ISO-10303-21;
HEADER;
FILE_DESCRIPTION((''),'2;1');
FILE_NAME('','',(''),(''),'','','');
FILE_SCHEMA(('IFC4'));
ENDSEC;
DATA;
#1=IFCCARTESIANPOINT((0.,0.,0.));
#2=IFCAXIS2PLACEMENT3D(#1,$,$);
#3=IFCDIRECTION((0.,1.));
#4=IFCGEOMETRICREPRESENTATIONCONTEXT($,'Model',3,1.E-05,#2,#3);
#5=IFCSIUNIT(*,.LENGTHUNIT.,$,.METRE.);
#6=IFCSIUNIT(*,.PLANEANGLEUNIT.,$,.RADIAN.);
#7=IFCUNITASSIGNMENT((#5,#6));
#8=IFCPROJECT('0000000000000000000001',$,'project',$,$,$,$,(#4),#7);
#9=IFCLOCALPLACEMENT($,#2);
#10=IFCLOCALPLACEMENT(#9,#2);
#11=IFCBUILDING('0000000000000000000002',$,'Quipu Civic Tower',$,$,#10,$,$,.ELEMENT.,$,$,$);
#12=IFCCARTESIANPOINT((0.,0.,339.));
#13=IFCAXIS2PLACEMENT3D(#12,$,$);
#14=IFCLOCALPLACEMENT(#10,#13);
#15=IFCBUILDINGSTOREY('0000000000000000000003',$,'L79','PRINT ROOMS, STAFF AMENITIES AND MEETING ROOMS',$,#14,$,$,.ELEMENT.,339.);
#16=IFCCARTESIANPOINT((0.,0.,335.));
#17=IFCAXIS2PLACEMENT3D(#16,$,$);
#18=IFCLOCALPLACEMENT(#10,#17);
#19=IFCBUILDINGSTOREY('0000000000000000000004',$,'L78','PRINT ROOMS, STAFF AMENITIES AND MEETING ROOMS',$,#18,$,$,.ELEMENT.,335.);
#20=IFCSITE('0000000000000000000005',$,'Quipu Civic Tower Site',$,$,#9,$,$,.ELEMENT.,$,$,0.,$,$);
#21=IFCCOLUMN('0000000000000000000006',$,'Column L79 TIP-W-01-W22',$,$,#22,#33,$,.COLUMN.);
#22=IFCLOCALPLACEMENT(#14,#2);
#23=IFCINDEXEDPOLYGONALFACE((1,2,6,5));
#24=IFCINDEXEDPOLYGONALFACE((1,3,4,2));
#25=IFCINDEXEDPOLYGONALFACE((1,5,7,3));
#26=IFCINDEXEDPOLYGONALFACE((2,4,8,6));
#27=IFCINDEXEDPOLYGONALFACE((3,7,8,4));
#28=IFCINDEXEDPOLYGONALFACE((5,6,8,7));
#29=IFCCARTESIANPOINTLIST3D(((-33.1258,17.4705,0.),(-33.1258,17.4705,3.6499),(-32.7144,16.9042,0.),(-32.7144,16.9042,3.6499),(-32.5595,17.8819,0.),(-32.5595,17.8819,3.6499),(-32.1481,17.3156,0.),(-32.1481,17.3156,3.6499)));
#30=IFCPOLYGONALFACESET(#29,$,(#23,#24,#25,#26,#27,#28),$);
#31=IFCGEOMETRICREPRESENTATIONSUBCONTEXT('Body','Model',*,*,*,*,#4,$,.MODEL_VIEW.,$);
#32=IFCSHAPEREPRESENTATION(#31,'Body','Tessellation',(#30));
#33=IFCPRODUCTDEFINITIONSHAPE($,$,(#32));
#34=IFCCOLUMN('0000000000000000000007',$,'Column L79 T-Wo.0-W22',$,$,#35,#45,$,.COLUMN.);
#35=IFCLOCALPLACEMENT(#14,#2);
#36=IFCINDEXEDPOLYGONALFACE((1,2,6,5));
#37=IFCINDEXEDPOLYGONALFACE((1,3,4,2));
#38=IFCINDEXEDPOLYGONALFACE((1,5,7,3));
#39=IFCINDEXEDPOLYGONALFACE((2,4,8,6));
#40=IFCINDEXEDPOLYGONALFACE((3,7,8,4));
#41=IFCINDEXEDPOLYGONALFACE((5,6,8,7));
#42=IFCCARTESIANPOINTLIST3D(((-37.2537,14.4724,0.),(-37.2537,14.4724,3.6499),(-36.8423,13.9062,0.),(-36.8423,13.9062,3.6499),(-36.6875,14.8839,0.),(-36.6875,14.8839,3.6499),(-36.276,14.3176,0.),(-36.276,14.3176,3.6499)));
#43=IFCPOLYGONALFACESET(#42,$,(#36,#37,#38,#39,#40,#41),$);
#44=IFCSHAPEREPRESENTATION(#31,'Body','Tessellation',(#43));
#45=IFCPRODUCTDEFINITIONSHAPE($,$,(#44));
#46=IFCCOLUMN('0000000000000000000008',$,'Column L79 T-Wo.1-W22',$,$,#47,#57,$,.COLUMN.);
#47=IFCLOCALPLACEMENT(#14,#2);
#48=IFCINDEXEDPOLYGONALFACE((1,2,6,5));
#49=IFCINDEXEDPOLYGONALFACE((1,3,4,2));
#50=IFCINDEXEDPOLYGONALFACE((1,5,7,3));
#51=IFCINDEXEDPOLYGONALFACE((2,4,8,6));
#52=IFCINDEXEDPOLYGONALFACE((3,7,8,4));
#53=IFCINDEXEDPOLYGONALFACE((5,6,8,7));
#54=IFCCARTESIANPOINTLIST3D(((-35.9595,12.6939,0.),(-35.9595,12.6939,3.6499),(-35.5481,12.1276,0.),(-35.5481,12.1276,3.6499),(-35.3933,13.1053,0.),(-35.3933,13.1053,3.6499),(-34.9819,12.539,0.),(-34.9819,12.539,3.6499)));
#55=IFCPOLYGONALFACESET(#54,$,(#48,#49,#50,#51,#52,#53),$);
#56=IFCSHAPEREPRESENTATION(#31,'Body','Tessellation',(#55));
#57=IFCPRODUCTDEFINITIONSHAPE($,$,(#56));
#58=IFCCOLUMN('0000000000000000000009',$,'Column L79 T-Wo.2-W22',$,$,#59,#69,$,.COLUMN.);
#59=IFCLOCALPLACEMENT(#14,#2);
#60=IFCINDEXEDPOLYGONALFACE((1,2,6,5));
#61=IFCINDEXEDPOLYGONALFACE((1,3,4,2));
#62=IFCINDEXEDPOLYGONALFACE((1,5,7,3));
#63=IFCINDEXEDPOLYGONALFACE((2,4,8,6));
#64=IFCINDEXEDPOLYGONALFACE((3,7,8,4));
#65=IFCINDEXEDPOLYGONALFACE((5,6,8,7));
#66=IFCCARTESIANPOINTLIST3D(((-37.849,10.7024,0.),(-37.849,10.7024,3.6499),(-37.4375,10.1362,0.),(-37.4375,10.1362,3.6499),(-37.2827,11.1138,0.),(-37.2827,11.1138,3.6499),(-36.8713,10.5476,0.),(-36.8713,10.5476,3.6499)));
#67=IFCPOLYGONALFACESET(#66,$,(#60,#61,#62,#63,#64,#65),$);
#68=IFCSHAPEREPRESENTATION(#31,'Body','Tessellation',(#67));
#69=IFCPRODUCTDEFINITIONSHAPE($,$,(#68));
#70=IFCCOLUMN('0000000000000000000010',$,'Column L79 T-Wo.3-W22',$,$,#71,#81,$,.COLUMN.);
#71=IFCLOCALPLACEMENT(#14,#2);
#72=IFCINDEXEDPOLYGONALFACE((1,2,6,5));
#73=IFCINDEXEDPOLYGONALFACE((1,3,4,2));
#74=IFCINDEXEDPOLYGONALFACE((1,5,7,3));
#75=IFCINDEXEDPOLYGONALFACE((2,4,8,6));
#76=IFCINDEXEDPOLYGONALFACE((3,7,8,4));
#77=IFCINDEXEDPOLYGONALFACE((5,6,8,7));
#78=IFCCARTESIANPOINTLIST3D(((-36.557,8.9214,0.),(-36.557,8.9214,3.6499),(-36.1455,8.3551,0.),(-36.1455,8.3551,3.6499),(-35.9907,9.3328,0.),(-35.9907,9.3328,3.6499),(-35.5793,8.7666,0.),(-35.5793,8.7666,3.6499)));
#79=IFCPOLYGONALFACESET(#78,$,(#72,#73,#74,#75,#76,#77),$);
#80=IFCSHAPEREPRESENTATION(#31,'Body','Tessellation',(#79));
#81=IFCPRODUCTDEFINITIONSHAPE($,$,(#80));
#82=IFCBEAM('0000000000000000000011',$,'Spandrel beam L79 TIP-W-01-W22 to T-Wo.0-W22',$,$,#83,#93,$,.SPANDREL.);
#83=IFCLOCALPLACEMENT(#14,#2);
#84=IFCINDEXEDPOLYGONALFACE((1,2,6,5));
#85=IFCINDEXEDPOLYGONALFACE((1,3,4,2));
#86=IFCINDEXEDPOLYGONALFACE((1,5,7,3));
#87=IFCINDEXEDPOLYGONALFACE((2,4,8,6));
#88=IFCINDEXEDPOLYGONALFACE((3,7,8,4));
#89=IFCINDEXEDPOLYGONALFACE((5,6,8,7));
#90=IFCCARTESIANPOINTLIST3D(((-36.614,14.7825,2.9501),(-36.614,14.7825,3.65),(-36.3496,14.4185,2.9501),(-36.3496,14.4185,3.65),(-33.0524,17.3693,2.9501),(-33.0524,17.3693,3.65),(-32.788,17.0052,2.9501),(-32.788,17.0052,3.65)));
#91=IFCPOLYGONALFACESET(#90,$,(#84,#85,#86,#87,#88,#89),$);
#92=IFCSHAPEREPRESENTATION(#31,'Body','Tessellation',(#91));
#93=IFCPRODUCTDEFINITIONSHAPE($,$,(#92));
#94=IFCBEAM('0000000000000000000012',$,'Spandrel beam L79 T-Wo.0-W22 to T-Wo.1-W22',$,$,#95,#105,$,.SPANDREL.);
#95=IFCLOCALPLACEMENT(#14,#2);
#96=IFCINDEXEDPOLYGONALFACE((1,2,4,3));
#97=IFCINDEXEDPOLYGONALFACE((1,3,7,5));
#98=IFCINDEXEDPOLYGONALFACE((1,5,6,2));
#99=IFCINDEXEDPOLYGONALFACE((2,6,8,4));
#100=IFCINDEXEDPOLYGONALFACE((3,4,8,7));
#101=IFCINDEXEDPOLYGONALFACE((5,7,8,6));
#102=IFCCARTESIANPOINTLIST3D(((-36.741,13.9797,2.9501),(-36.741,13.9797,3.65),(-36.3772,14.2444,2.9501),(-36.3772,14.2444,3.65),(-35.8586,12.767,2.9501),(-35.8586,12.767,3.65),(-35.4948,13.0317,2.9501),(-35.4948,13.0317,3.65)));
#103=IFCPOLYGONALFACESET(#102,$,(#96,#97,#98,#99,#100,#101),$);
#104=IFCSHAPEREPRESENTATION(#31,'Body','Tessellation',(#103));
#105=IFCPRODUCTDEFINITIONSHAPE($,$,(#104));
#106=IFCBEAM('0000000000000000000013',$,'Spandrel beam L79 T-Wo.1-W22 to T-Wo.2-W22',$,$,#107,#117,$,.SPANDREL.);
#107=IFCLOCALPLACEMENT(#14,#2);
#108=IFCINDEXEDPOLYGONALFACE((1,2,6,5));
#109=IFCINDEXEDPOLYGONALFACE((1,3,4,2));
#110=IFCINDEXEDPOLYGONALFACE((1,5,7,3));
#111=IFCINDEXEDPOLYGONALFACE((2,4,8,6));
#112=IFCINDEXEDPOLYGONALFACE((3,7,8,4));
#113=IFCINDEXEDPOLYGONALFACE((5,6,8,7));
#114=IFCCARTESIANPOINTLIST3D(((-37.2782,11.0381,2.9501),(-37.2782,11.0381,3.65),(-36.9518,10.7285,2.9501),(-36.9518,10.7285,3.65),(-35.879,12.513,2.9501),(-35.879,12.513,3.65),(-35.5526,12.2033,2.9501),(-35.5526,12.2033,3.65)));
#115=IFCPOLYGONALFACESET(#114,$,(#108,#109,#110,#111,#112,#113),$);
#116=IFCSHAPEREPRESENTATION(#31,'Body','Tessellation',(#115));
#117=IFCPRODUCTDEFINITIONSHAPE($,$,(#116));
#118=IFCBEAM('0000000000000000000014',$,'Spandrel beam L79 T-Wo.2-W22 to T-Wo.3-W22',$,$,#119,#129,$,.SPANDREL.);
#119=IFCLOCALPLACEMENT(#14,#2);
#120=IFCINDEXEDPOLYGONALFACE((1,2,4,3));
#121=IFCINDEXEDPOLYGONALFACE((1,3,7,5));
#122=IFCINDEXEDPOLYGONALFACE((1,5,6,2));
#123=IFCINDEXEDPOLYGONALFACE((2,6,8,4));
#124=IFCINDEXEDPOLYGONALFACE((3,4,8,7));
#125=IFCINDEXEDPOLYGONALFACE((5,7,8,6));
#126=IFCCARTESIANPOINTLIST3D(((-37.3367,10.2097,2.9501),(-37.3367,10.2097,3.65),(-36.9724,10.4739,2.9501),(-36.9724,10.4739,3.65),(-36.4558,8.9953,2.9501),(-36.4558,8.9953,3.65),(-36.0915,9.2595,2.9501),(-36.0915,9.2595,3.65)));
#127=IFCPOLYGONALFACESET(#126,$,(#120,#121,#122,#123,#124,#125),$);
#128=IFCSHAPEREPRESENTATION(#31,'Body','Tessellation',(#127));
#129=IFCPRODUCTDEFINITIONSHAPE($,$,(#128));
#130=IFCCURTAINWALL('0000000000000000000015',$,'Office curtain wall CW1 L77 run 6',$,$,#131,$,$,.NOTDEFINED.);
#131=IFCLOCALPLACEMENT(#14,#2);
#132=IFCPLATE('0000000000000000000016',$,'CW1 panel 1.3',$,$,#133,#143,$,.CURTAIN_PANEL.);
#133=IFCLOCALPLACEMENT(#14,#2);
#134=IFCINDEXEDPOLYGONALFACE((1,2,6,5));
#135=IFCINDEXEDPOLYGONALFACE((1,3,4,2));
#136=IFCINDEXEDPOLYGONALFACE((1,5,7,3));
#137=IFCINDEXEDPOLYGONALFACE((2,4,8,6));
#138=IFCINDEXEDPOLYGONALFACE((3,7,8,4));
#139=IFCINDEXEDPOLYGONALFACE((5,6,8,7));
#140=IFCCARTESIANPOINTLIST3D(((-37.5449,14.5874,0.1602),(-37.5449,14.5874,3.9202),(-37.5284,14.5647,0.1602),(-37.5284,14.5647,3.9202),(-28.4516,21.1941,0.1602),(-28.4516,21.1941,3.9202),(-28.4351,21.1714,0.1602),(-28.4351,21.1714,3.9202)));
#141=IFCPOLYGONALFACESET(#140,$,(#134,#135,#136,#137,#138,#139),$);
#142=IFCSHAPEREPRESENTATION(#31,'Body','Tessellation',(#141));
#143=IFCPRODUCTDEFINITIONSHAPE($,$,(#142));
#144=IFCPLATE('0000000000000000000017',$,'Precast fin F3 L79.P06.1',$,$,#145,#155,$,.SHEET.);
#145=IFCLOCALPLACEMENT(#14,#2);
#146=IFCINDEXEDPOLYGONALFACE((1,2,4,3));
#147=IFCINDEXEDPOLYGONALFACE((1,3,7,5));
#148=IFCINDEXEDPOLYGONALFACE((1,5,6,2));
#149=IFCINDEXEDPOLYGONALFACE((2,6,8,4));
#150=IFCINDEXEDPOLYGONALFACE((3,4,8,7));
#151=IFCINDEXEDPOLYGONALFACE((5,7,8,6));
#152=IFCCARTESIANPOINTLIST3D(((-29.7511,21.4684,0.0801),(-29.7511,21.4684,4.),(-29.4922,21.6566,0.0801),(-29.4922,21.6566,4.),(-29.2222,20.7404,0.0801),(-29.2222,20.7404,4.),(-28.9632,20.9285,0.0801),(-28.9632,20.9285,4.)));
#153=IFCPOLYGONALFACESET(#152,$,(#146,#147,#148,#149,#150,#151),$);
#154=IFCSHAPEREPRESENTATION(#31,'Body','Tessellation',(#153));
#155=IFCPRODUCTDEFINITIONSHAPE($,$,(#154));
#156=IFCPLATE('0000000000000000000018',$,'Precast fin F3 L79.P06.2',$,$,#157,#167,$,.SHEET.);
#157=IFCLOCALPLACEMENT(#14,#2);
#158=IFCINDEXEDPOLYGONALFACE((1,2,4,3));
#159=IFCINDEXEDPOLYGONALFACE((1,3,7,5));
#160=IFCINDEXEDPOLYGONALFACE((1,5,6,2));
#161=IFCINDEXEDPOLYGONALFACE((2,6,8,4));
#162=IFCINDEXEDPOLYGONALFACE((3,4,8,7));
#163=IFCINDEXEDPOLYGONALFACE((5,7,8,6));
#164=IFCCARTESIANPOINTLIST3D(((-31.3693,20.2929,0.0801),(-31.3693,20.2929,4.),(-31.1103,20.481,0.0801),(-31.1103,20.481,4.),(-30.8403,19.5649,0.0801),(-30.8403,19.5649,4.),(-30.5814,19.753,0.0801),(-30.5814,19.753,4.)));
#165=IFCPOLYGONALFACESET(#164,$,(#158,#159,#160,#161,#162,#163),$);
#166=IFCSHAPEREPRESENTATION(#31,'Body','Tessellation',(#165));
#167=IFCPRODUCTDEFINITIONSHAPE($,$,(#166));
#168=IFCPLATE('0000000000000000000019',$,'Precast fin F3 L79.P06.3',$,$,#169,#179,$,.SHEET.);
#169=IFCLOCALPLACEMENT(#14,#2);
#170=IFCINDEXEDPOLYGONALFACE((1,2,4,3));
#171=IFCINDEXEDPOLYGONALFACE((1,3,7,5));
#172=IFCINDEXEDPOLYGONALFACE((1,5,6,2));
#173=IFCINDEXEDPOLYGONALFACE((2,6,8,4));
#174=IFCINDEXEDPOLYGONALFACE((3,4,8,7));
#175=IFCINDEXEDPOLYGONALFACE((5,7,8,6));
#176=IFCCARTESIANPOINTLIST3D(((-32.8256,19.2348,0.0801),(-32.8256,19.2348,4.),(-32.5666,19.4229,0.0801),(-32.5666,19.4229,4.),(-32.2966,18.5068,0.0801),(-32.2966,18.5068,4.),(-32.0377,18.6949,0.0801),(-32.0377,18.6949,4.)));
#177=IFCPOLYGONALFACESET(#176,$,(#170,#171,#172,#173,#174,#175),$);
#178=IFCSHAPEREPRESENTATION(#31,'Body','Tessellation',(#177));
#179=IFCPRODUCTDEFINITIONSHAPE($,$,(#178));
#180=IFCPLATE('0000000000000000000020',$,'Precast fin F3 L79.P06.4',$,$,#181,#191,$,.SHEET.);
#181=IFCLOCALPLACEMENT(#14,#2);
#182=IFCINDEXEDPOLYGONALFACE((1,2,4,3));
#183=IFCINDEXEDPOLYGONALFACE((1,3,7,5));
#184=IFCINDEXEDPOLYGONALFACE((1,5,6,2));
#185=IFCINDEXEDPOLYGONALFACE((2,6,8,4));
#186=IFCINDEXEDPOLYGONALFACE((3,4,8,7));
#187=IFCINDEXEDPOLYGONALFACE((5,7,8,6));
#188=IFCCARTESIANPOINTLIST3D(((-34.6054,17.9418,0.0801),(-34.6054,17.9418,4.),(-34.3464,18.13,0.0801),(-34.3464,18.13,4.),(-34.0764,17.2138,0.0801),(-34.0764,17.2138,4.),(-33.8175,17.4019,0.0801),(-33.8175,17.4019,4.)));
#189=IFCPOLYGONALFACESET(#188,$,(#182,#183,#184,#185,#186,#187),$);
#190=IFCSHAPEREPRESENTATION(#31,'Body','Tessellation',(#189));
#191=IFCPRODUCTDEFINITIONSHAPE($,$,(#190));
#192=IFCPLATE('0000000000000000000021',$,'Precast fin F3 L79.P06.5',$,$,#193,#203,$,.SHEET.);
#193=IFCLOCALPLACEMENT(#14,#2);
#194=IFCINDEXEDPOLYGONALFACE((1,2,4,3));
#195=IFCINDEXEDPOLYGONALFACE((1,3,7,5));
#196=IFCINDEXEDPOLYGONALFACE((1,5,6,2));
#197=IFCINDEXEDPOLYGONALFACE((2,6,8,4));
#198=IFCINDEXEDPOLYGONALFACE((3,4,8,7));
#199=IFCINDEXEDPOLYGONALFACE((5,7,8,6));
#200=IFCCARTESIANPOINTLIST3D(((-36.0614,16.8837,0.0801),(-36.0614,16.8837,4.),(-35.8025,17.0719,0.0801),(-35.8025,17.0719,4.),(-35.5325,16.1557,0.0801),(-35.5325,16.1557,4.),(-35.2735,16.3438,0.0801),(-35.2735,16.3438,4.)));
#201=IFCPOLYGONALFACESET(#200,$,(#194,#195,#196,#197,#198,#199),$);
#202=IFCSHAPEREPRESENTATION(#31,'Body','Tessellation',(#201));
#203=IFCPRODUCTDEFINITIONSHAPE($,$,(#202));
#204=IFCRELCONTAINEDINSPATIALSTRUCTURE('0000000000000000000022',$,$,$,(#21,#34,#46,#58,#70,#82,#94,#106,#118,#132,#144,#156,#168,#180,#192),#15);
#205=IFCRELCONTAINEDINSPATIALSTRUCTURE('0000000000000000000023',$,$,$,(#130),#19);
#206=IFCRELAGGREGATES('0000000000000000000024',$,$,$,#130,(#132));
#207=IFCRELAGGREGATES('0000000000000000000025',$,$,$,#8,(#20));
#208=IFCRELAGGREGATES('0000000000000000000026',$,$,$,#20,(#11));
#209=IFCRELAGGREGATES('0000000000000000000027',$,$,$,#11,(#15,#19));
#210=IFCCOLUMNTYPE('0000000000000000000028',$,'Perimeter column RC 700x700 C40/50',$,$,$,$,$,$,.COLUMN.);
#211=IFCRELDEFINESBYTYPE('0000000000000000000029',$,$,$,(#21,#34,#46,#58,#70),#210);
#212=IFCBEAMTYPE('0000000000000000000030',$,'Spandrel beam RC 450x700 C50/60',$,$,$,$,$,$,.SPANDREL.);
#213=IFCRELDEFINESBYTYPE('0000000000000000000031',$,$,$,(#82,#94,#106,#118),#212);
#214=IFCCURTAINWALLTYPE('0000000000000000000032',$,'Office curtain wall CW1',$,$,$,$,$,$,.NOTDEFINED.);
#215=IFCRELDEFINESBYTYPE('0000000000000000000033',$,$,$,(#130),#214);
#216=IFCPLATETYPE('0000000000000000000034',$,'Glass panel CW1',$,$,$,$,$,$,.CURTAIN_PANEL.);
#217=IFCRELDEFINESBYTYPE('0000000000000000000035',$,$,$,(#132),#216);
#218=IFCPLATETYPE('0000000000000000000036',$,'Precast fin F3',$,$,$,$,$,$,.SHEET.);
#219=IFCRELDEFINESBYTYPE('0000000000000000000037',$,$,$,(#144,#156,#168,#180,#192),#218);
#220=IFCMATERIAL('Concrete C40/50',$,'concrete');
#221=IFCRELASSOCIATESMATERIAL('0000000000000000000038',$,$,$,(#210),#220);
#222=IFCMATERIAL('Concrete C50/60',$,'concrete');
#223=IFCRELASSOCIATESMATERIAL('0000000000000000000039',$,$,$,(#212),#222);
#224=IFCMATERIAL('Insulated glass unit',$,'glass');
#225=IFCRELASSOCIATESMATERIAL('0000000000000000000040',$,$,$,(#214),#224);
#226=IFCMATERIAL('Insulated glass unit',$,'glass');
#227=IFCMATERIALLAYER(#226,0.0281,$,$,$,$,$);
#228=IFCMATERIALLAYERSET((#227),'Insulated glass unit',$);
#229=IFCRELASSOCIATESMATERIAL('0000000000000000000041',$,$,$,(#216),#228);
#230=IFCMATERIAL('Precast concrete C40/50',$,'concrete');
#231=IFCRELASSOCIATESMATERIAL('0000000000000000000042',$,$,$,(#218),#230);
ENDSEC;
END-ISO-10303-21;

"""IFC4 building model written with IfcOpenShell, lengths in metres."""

from ifc_helpers import new_model, si_unit, direction, frame, origin, origin_2d, place, context, subcontext, project, spatial, rectangle, extrude, material, layer, layer_set, material_profile, profile_set, type_object, element, aggregate, save


model = new_model("IFC4")

# Units and contexts
model_context = context("Model", 3, precision=1e-05, world=origin(), true_north=direction((0.0, 1.0)))
body_context = subcontext(model_context, "Body", "Model", "MODEL_VIEW")
ifc_project = project(units=[si_unit("LENGTHUNIT", "METRE"), si_unit("PLANEANGLEUNIT", "RADIAN")], contexts=[model_context])

# Site, building, storey
site_placement = place(None, origin())
site = spatial("IfcSite", under=ifc_project, at=site_placement, Name="Quipu Civic Tower Site", CompositionType="ELEMENT", RefElevation=0.0)
building_placement = place(site_placement, origin())
building = spatial("IfcBuilding", under=site, at=building_placement, Name="Quipu Civic Tower", CompositionType="ELEMENT")
storey_1_placement = place(building_placement, frame((0.0, 0.0, 339.0)))
storey_1 = spatial("IfcBuildingStorey", under=building, at=storey_1_placement, Name="L79", Description="PRINT ROOMS, STAFF AMENITIES AND MEETING ROOMS", CompositionType="ELEMENT", Elevation=339.0)

# Columns
ifc_material_1 = material(Name="Concrete C40/50", Category="concrete")
ifc_material_profile_1 = material_profile(ifc_material_1, rectangle(XDim=0.7, YDim=0.7, at=origin_2d()), Name="RC700x700")
ifc_profile_set_1 = profile_set([ifc_material_profile_1], Name="Concrete C40/50")
column_type = type_object("IfcColumnType", Name="Perimeter column RC 700x700 C40/50", PredefinedType="COLUMN", material=ifc_profile_set_1)
for number, where, z_axis, x_axis, name in (
    (1, (-32.637, 17.3931, 0.0), (0.0, 0.0, 1.0), (-0.809017, -0.587785, 0.0), "Column L79 TIP-W-01-W22"),
    (2, (-36.7649, 14.395, 0.0), (0.0, 0.0, 1.0), (0.587785, -0.809017, 0.0), "Column L79 T-Wo.0-W22"),
    (3, (-35.4707, 12.6165, 0.0), (0.0, 0.0, 1.0), (-0.809017, -0.587785, 0.0), "Column L79 T-Wo.1-W22"),
    (4, (-37.3601, 10.625, 0.0), (0.0, 0.0, 1.0), (0.587785, -0.809017, 0.0), "Column L79 T-Wo.2-W22"),
    (5, (-36.0681, 8.844, 0.0), (0.0, 0.0, 1.0), (0.587785, -0.809017, 0.0), "Column L79 T-Wo.3-W22"),
):
    element("IfcColumn", number, at=place(storey_1_placement, frame(where, z_axis=z_axis, x_axis=x_axis)), inside=storey_1, type_object=column_type, Name=name, PredefinedType="COLUMN", context=body_context, shape_type="SweptSolid", body=[
        extrude(rectangle(XDim=0.7, YDim=0.7, at=origin_2d()), origin(), (0.0, 0.0, 1.0), 3.6499),
    ])

# Beams
ifc_material_2 = material(Name="Concrete C50/60", Category="concrete")
ifc_material_profile_2 = material_profile(ifc_material_2, rectangle(XDim=0.45, YDim=0.7, at=origin_2d()), Name="RC450x700")
ifc_profile_set_2 = profile_set([ifc_material_profile_2], Name="Concrete C50/60")
beam_type = type_object("IfcBeamType", Name="Spandrel beam RC 450x700 C50/60", PredefinedType="SPANDREL", material=ifc_profile_set_2)
beam_1_placement = place(storey_1_placement, frame((-32.9202, 17.1873, 3.3), z_axis=(-0.809117, -0.587647, 0.0), x_axis=(0.587647, -0.809117, 0.0)))
element("IfcBeam", 6, at=beam_1_placement, inside=storey_1, type_object=beam_type, Name="Spandrel beam L79 TIP-W-01-W22 to T-Wo.0-W22", PredefinedType="SPANDREL", context=body_context, shape_type="SweptSolid", body=[
    extrude(rectangle(XDim=0.45, YDim=0.7, at=origin_2d()), origin(), (0.0, 0.0, 1.0), 4.4019),
])
beam_2_placement = place(storey_1_placement, frame((-36.5591, 14.1121, 3.3), z_axis=(0.588346, -0.808609, 0.0), x_axis=(0.808609, 0.588346, 0.0)))
element("IfcBeam", 7, at=beam_2_placement, inside=storey_1, type_object=beam_type, Name="Spandrel beam L79 T-Wo.0-W22 to T-Wo.1-W22", PredefinedType="SPANDREL", context=body_context, shape_type="SweptSolid", body=[
    extrude(rectangle(XDim=0.45, YDim=0.7, at=origin_2d()), origin(), (0.0, 0.0, 1.0), 1.4998),
])
beam_3_placement = place(storey_1_placement, frame((-35.7158, 12.3582, 3.3), z_axis=(-0.688247, -0.725476, 0.0), x_axis=(0.725476, -0.688247, 0.0)))
element("IfcBeam", 8, at=beam_3_placement, inside=storey_1, type_object=beam_type, Name="Spandrel beam L79 T-Wo.1-W22 to T-Wo.2-W22", PredefinedType="SPANDREL", context=body_context, shape_type="SweptSolid", body=[
    extrude(rectangle(XDim=0.45, YDim=0.7, at=origin_2d()), origin(), (0.0, 0.0, 1.0), 2.033),
])
beam_4_placement = place(storey_1_placement, frame((-37.1545, 10.3418, 3.3), z_axis=(0.587165, -0.809467, 0.0), x_axis=(0.809467, 0.587165, 0.0)))
element("IfcBeam", 9, at=beam_4_placement, inside=storey_1, type_object=beam_type, Name="Spandrel beam L79 T-Wo.2-W22 to T-Wo.3-W22", PredefinedType="SPANDREL", context=body_context, shape_type="SweptSolid", body=[
    extrude(rectangle(XDim=0.45, YDim=0.7, at=origin_2d()), origin(), (0.0, 0.0, 1.0), 1.5002),
])

# Shared definitions
storey_2_placement = place(building_placement, frame((0.0, 0.0, 335.0)))
storey_2 = spatial("IfcBuildingStorey", under=building, at=storey_2_placement, Name="L78", Description="PRINT ROOMS, STAFF AMENITIES AND MEETING ROOMS", CompositionType="ELEMENT", Elevation=335.0)

# Curtain wall, plate
ifc_material_3 = material(Name="Insulated glass unit", Category="glass")
curtain_wall_type = type_object("IfcCurtainWallType", Name="Office curtain wall CW1", PredefinedType="NOTDEFINED", material=ifc_material_3)
curtain_wall_placement = place(storey_2_placement, origin())
curtain_wall = element("IfcCurtainWall", 10, at=curtain_wall_placement, inside=storey_2, type_object=curtain_wall_type, Name="Office curtain wall CW1 L77 run 6", PredefinedType="NOTDEFINED")
ifc_material_4 = material(Name="Insulated glass unit", Category="glass")
ifc_layer_1 = layer(ifc_material_4, 0.0281)
ifc_layer_set_1 = layer_set([ifc_layer_1], Name="Insulated glass unit")
plate_type_1 = type_object("IfcPlateType", Name="Glass panel CW1", PredefinedType="CURTAIN_PANEL", material=ifc_layer_set_1)
plate_placement = place(storey_1_placement, frame((-32.99, 17.8794, 0.1602), z_axis=(0.0, 0.0, 1.0), x_axis=(-0.809015, -0.587788, 0.0)))
plate = element("IfcPlate", 11, at=plate_placement, inside=storey_1, type_object=plate_type_1, Name="CW1 panel 1.3", PredefinedType="CURTAIN_PANEL", context=body_context, shape_type="SweptSolid", body=[
    extrude(rectangle(XDim=11.24, YDim=0.0281, at=origin_2d()), origin(), (0.0, 0.0, 1.0), 3.76),
])
aggregate(curtain_wall, [plate])

# Plates
ifc_material_5 = material(Name="Precast concrete C40/50", Category="concrete")
plate_type_2 = type_object("IfcPlateType", Name="Precast fin F3", PredefinedType="SHEET", material=ifc_material_5)
for number, where, z_axis, x_axis, name in (
    (12, (-29.3572, 21.1985, 0.0801), (0.0, 0.0, 1.0), (-0.809017, -0.587785, 0.0), "Precast fin F3 L79.P06.1"),
    (13, (-30.9753, 20.0229, 0.0801), (0.0, 0.0, 1.0), (-0.809017, -0.587785, 0.0), "Precast fin F3 L79.P06.2"),
    (14, (-32.4316, 18.9648, 0.0801), (0.0, 0.0, 1.0), (-0.809017, -0.587785, 0.0), "Precast fin F3 L79.P06.3"),
    (15, (-34.2114, 17.6719, 0.0801), (0.0, 0.0, 1.0), (-0.809017, -0.587785, 0.0), "Precast fin F3 L79.P06.4"),
    (16, (-35.6675, 16.6138, 0.0801), (0.0, 0.0, 1.0), (-0.809017, -0.587785, 0.0), "Precast fin F3 L79.P06.5"),
):
    element("IfcPlate", number, at=place(storey_1_placement, frame(where, z_axis=z_axis, x_axis=x_axis)), inside=storey_1, type_object=plate_type_2, Name=name, PredefinedType="SHEET", context=body_context, shape_type="SweptSolid", body=[
        extrude(rectangle(XDim=0.3201, YDim=0.8999, at=origin_2d()), origin(), (0.0, 0.0, 1.0), 3.9199),
    ])

save(model, "model.ifc")
